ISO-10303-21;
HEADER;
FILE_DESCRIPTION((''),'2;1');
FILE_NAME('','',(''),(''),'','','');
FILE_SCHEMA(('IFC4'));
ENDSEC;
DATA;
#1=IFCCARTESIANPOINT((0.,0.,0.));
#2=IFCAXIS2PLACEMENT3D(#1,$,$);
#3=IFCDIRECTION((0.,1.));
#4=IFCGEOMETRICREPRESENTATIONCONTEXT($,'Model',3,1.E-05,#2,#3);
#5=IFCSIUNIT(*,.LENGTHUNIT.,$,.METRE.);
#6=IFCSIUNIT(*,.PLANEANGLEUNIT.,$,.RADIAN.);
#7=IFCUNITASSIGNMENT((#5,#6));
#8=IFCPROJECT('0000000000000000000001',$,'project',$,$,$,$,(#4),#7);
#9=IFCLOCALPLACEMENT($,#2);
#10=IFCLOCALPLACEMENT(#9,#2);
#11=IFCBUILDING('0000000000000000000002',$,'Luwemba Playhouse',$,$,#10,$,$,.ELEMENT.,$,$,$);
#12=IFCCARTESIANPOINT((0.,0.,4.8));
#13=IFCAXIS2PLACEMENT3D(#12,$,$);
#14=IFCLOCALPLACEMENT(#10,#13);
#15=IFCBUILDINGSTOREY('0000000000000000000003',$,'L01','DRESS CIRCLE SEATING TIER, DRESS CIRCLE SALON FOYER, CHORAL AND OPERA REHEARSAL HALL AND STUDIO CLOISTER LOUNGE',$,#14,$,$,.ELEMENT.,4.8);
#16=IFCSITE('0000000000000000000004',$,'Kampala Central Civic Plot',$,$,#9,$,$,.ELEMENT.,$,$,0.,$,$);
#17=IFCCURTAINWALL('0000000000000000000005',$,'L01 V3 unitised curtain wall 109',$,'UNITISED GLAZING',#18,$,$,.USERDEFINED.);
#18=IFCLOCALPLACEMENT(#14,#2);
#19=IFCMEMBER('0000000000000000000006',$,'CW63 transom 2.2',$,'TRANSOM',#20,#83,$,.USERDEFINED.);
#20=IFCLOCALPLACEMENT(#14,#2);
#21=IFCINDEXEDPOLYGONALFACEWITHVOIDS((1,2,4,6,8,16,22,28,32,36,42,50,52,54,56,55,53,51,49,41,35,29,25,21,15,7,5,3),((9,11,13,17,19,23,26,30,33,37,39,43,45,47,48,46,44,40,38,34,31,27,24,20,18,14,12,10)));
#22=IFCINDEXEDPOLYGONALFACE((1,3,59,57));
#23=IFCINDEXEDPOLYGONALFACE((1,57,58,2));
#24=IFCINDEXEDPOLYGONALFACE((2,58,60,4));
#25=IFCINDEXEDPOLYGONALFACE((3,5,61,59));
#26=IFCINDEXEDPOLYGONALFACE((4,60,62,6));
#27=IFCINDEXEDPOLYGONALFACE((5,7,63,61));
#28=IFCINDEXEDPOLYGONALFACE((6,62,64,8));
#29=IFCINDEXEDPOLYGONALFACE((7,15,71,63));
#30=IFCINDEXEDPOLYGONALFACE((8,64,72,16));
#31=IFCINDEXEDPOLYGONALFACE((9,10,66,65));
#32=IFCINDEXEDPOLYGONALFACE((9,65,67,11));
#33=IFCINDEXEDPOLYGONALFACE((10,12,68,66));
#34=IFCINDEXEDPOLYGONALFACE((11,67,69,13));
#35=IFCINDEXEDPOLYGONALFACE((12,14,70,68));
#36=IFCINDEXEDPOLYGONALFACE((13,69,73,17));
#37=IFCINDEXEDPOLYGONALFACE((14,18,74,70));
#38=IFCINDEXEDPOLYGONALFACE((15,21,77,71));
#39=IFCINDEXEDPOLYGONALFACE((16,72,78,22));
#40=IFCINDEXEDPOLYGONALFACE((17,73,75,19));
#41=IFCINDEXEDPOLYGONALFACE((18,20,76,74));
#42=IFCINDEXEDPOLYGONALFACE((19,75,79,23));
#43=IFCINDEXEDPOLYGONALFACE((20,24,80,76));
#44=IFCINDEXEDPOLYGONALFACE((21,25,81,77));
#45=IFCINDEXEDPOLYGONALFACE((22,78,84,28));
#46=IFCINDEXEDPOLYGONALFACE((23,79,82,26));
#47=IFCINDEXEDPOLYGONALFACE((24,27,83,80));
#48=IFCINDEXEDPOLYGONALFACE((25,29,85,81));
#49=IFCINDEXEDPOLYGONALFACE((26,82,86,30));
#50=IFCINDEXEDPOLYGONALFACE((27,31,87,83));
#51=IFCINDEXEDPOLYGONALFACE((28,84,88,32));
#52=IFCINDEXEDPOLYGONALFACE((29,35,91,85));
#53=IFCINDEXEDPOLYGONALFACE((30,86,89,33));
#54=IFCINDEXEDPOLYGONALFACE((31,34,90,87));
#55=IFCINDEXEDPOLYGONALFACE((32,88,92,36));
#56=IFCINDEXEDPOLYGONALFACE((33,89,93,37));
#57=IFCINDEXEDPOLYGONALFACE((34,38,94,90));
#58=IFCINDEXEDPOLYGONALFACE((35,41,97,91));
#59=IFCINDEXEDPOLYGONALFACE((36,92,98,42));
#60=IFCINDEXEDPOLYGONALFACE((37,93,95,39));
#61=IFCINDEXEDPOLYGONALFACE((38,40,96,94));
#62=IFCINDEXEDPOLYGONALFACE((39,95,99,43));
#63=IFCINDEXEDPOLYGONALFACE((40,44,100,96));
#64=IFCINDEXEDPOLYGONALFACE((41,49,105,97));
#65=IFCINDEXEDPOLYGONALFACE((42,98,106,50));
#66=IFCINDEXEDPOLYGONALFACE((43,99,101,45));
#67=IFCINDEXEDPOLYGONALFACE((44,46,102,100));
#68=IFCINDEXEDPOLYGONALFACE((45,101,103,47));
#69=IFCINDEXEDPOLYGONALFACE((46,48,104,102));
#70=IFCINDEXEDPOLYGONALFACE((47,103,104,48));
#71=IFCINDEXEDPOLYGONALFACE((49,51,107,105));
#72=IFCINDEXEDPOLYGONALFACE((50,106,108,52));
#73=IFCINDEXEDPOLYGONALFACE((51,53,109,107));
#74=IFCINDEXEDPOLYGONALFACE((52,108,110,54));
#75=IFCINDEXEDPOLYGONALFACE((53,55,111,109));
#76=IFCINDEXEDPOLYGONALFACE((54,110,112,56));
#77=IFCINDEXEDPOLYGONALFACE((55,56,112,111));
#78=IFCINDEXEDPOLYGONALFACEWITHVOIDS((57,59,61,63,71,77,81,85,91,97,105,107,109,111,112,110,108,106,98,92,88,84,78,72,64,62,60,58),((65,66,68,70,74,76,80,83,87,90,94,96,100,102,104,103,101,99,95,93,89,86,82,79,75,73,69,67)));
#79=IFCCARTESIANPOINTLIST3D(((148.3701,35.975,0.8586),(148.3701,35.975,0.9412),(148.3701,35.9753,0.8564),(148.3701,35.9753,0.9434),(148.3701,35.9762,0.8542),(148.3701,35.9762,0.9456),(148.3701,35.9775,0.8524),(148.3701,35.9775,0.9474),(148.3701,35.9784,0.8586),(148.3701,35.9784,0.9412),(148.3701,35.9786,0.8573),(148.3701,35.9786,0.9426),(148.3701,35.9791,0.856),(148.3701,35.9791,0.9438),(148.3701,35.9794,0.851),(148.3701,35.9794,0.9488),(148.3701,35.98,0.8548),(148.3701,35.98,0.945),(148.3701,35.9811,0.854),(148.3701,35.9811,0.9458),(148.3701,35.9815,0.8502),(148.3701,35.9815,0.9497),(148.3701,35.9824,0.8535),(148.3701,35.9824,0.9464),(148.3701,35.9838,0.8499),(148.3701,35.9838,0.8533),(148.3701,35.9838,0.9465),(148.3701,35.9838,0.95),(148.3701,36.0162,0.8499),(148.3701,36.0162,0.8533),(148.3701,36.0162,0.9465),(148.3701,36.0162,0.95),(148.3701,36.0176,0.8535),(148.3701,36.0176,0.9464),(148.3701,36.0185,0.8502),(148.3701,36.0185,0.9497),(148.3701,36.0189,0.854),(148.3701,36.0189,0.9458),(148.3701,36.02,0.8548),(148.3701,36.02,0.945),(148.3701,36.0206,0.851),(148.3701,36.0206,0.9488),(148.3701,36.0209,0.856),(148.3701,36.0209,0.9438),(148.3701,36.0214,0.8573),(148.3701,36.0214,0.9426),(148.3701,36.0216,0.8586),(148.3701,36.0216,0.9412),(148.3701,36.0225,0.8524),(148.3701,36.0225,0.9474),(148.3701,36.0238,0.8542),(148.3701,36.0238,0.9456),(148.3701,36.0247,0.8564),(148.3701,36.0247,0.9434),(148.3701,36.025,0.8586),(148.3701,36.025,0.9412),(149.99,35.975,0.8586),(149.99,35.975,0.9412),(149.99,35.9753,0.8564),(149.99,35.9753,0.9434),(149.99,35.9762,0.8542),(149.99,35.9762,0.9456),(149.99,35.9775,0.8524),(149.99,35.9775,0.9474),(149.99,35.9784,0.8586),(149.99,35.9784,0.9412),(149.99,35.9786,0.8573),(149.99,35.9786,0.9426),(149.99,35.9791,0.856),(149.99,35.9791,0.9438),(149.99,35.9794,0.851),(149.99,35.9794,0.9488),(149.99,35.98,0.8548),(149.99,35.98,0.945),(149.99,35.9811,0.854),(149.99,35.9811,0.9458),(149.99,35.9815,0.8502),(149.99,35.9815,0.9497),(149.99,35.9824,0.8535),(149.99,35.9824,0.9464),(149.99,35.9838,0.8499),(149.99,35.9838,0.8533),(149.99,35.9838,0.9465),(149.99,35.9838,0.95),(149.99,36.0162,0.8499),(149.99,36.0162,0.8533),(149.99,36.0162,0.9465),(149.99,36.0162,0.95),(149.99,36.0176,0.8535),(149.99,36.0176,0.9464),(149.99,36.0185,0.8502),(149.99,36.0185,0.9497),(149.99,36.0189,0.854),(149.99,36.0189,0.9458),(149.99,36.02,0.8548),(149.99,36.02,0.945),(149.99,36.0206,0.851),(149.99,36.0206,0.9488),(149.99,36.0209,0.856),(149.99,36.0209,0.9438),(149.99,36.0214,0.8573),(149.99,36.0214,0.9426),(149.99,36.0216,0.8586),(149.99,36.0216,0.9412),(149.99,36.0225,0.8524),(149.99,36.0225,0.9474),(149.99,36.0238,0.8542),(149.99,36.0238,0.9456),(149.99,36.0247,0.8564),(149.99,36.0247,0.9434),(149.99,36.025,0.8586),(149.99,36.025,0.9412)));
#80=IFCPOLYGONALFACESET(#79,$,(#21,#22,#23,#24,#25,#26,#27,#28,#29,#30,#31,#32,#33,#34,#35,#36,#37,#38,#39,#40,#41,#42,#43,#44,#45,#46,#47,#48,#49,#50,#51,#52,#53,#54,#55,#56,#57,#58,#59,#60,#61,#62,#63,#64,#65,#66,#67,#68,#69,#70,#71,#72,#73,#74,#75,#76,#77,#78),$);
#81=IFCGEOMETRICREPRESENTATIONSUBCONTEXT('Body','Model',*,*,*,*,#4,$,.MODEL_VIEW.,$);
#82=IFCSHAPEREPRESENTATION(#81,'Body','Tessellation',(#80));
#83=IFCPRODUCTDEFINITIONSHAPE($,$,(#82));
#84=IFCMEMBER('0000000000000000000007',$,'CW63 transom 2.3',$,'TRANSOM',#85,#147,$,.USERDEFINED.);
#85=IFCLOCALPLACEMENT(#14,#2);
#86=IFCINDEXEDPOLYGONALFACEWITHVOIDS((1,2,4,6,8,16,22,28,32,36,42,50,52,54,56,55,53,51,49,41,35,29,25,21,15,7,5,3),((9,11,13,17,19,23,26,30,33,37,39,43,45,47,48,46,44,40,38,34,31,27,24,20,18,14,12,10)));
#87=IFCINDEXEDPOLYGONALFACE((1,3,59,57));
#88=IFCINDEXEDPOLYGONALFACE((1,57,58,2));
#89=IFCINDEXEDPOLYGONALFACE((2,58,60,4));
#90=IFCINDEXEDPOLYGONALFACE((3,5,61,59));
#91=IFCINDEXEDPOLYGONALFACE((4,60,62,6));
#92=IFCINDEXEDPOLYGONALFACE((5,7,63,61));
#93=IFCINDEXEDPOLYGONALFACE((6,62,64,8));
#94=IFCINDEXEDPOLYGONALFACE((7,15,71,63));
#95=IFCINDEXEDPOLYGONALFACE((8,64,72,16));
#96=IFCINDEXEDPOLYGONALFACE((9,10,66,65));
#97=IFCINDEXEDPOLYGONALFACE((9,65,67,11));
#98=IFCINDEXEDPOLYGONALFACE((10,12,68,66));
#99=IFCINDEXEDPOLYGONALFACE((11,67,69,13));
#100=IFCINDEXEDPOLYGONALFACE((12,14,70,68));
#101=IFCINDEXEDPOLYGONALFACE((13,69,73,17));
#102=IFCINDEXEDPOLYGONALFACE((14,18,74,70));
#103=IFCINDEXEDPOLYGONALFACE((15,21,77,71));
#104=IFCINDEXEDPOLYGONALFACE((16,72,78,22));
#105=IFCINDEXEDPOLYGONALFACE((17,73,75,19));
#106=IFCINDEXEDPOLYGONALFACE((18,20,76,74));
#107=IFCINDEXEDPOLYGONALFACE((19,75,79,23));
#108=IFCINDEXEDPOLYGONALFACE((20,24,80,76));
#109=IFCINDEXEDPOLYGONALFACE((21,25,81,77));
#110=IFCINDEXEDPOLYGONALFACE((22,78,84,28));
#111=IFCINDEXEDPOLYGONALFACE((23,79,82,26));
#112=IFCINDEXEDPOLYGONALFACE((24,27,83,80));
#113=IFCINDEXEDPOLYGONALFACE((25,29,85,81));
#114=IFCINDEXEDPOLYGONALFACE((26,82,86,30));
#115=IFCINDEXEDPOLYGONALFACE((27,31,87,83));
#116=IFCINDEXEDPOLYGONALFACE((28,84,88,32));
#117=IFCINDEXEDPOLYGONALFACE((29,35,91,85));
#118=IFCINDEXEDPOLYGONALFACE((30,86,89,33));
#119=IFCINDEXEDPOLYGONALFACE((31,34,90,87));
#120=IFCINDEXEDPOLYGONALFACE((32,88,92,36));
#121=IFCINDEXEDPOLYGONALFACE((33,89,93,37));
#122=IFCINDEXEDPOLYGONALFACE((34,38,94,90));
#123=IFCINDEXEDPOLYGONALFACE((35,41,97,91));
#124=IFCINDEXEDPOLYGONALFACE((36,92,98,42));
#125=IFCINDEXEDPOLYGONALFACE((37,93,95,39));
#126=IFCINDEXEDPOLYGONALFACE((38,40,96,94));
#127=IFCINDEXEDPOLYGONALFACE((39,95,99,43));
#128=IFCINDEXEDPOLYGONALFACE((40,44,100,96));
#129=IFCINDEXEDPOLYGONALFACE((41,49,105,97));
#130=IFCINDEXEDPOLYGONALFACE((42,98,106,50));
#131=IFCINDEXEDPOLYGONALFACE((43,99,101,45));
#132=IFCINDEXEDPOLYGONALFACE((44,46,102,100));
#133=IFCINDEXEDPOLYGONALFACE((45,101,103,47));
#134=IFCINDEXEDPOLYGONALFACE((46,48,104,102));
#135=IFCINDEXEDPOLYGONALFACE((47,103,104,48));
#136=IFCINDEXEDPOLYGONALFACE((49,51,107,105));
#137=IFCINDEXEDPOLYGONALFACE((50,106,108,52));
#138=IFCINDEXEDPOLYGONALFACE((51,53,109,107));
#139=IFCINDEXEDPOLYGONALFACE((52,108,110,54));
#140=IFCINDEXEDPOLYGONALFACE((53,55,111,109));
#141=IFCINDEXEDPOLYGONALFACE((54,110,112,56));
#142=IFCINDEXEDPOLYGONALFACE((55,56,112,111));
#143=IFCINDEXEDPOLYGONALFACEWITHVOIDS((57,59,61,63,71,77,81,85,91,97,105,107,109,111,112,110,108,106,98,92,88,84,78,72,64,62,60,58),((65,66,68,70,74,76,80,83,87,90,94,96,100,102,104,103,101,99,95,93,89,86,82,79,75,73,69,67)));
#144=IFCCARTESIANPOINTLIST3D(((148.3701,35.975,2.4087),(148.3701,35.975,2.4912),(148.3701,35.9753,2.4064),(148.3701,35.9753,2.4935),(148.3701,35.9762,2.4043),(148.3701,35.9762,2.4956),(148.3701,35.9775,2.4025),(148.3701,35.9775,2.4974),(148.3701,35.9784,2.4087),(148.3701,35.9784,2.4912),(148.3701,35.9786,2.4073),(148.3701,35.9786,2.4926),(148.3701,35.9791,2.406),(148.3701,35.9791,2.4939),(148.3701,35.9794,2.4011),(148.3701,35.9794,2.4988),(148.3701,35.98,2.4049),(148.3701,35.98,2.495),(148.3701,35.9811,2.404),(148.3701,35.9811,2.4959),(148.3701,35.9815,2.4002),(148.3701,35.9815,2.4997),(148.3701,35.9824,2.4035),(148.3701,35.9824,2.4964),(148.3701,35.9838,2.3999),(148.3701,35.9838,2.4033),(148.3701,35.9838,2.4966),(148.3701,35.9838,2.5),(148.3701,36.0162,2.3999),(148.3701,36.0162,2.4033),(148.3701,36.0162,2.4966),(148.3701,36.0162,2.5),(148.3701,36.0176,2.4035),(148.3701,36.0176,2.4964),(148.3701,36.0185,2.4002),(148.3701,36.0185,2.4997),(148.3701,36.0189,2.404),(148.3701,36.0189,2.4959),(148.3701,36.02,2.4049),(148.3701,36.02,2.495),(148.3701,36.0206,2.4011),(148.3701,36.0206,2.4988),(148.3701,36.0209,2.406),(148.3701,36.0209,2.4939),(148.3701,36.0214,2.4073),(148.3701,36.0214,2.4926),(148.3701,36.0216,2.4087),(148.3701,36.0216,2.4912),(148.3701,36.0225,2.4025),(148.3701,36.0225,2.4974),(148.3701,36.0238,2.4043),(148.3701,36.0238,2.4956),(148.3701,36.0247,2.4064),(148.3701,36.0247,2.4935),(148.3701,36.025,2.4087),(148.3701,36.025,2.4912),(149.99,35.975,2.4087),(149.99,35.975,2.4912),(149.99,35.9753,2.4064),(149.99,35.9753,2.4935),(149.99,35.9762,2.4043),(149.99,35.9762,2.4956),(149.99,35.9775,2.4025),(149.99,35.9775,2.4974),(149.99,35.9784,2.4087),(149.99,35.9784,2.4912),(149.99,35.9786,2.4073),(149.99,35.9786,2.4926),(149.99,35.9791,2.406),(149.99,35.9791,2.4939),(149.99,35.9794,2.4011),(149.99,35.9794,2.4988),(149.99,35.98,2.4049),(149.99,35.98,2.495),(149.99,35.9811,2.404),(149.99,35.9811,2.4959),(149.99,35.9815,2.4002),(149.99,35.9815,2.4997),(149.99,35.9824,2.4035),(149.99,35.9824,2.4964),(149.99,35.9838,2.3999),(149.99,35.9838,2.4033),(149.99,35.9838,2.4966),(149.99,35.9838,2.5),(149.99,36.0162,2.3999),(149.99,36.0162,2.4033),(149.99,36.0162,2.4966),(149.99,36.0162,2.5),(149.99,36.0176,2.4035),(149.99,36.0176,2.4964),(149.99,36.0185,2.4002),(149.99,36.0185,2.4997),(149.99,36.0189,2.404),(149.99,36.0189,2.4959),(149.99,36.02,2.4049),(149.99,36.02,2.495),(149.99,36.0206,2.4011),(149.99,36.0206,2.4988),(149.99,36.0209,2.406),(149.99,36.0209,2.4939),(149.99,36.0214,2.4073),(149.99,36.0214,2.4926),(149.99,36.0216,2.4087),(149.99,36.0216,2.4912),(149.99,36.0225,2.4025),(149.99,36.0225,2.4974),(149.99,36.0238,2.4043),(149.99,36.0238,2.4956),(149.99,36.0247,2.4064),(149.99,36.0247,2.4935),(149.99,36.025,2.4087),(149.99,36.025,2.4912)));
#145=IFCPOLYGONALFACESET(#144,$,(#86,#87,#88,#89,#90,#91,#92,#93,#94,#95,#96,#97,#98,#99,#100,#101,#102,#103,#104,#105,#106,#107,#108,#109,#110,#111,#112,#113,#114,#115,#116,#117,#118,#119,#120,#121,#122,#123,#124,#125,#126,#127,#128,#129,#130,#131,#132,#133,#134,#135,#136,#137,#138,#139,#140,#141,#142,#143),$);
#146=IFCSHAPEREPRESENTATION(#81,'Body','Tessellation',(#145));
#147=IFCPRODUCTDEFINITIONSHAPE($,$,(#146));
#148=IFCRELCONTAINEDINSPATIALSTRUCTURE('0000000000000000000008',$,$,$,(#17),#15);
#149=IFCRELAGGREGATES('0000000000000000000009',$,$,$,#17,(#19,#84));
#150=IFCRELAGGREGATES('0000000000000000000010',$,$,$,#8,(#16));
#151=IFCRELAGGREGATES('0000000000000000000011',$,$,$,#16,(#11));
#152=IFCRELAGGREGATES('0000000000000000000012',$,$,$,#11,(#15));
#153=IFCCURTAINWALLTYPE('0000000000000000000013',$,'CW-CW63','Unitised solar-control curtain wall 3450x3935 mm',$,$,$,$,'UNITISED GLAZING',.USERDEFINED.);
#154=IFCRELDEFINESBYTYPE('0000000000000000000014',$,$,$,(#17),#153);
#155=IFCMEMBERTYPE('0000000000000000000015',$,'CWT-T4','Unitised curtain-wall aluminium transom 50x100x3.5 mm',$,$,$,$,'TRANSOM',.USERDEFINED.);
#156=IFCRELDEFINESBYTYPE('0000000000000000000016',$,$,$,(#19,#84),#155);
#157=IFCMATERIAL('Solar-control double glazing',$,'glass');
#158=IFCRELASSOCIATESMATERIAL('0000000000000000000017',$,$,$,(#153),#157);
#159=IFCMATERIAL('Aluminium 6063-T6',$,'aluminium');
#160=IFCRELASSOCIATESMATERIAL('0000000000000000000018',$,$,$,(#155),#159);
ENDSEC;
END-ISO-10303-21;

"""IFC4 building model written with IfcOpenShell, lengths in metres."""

from ifc_helpers import new_model, si_unit, direction, frame, origin, origin_2d, place, context, subcontext, project, spatial, hollow_rectangle, extrude, material, material_profile, profile_set, type_object, element, aggregate, save


model = new_model("IFC4")

# Units and contexts
model_context = context("Model", 3, precision=1e-05, world=origin(), true_north=direction((0.0, 1.0)))
body_context = subcontext(model_context, "Body", "Model", "MODEL_VIEW")
ifc_project = project(units=[si_unit("LENGTHUNIT", "METRE"), si_unit("PLANEANGLEUNIT", "RADIAN")], contexts=[model_context])

# Site, building, storey
site_placement = place(None, origin())
site = spatial("IfcSite", under=ifc_project, at=site_placement, Name="Kampala Central Civic Plot", CompositionType="ELEMENT", RefElevation=0.0)
building_placement = place(site_placement, origin())
building = spatial("IfcBuilding", under=site, at=building_placement, Name="Luwemba Playhouse", CompositionType="ELEMENT")
storey_placement = place(building_placement, frame((0.0, 0.0, 4.8)))
storey = spatial("IfcBuildingStorey", under=building, at=storey_placement, Name="L01", Description="DRESS CIRCLE SEATING TIER, DRESS CIRCLE SALON FOYER, CHORAL AND OPERA REHEARSAL HALL AND STUDIO CLOISTER LOUNGE", CompositionType="ELEMENT", Elevation=4.8)

# Curtain wall, members
ifc_material_1 = material(Name="Solar-control double glazing", Category="glass")
curtain_wall_type = type_object("IfcCurtainWallType", Name="CW-CW63", Description="Unitised solar-control curtain wall 3450x3935 mm", ElementType="UNITISED GLAZING", PredefinedType="USERDEFINED", material=ifc_material_1)
curtain_wall_placement = place(storey_placement, origin())
curtain_wall = element("IfcCurtainWall", 1, at=curtain_wall_placement, inside=storey, type_object=curtain_wall_type, Name="L01 V3 unitised curtain wall 109", ObjectType="UNITISED GLAZING", PredefinedType="USERDEFINED")
ifc_material_2 = material(Name="Aluminium 6063-T6", Category="aluminium")
ifc_material_profile_1 = material_profile(ifc_material_2, hollow_rectangle(XDim=0.05, YDim=0.1001, WallThickness=0.0034, InnerFilletRadius=0.0054, OuterFilletRadius=0.0088, at=origin_2d()))
ifc_profile_set_1 = profile_set([ifc_material_profile_1], Name="Aluminium 6063-T6")
member_type_1 = type_object("IfcMemberType", Name="CWT-T4", Description="Unitised curtain-wall aluminium transom 50x100x3.5 mm", ElementType="TRANSOM", PredefinedType="USERDEFINED", material=ifc_profile_set_1)
member_1_placement = place(storey_placement, frame((149.99, 36.0, 0.8999), z_axis=(-1.0, 0.0, 0.0), x_axis=(0.0, -1.0, 0.0)))
member_1 = element("IfcMember", 2, at=member_1_placement, type_object=member_type_1, Name="CW63 transom 2.2", ObjectType="TRANSOM", PredefinedType="USERDEFINED", context=body_context, shape_type="SweptSolid", body=[
    extrude(hollow_rectangle(XDim=0.05, YDim=0.1001, WallThickness=0.0034, InnerFilletRadius=0.0054, OuterFilletRadius=0.0088, at=origin_2d()), origin(), (0.0, 0.0, 1.0), 1.6199),
])
member_2_placement = place(storey_placement, frame((149.99, 36.0, 2.45), z_axis=(-1.0, 0.0, 0.0), x_axis=(0.0, -1.0, 0.0)))
member_2 = element("IfcMember", 3, at=member_2_placement, type_object=member_type_1, Name="CW63 transom 2.3", ObjectType="TRANSOM", PredefinedType="USERDEFINED", context=body_context, shape_type="SweptSolid", body=[
    extrude(hollow_rectangle(XDim=0.05, YDim=0.1001, WallThickness=0.0034, InnerFilletRadius=0.0054, OuterFilletRadius=0.0088, at=origin_2d()), origin(), (0.0, 0.0, 1.0), 1.6199),
])
aggregate(curtain_wall, [member_1, member_2])

save(model, "model.ifc")
